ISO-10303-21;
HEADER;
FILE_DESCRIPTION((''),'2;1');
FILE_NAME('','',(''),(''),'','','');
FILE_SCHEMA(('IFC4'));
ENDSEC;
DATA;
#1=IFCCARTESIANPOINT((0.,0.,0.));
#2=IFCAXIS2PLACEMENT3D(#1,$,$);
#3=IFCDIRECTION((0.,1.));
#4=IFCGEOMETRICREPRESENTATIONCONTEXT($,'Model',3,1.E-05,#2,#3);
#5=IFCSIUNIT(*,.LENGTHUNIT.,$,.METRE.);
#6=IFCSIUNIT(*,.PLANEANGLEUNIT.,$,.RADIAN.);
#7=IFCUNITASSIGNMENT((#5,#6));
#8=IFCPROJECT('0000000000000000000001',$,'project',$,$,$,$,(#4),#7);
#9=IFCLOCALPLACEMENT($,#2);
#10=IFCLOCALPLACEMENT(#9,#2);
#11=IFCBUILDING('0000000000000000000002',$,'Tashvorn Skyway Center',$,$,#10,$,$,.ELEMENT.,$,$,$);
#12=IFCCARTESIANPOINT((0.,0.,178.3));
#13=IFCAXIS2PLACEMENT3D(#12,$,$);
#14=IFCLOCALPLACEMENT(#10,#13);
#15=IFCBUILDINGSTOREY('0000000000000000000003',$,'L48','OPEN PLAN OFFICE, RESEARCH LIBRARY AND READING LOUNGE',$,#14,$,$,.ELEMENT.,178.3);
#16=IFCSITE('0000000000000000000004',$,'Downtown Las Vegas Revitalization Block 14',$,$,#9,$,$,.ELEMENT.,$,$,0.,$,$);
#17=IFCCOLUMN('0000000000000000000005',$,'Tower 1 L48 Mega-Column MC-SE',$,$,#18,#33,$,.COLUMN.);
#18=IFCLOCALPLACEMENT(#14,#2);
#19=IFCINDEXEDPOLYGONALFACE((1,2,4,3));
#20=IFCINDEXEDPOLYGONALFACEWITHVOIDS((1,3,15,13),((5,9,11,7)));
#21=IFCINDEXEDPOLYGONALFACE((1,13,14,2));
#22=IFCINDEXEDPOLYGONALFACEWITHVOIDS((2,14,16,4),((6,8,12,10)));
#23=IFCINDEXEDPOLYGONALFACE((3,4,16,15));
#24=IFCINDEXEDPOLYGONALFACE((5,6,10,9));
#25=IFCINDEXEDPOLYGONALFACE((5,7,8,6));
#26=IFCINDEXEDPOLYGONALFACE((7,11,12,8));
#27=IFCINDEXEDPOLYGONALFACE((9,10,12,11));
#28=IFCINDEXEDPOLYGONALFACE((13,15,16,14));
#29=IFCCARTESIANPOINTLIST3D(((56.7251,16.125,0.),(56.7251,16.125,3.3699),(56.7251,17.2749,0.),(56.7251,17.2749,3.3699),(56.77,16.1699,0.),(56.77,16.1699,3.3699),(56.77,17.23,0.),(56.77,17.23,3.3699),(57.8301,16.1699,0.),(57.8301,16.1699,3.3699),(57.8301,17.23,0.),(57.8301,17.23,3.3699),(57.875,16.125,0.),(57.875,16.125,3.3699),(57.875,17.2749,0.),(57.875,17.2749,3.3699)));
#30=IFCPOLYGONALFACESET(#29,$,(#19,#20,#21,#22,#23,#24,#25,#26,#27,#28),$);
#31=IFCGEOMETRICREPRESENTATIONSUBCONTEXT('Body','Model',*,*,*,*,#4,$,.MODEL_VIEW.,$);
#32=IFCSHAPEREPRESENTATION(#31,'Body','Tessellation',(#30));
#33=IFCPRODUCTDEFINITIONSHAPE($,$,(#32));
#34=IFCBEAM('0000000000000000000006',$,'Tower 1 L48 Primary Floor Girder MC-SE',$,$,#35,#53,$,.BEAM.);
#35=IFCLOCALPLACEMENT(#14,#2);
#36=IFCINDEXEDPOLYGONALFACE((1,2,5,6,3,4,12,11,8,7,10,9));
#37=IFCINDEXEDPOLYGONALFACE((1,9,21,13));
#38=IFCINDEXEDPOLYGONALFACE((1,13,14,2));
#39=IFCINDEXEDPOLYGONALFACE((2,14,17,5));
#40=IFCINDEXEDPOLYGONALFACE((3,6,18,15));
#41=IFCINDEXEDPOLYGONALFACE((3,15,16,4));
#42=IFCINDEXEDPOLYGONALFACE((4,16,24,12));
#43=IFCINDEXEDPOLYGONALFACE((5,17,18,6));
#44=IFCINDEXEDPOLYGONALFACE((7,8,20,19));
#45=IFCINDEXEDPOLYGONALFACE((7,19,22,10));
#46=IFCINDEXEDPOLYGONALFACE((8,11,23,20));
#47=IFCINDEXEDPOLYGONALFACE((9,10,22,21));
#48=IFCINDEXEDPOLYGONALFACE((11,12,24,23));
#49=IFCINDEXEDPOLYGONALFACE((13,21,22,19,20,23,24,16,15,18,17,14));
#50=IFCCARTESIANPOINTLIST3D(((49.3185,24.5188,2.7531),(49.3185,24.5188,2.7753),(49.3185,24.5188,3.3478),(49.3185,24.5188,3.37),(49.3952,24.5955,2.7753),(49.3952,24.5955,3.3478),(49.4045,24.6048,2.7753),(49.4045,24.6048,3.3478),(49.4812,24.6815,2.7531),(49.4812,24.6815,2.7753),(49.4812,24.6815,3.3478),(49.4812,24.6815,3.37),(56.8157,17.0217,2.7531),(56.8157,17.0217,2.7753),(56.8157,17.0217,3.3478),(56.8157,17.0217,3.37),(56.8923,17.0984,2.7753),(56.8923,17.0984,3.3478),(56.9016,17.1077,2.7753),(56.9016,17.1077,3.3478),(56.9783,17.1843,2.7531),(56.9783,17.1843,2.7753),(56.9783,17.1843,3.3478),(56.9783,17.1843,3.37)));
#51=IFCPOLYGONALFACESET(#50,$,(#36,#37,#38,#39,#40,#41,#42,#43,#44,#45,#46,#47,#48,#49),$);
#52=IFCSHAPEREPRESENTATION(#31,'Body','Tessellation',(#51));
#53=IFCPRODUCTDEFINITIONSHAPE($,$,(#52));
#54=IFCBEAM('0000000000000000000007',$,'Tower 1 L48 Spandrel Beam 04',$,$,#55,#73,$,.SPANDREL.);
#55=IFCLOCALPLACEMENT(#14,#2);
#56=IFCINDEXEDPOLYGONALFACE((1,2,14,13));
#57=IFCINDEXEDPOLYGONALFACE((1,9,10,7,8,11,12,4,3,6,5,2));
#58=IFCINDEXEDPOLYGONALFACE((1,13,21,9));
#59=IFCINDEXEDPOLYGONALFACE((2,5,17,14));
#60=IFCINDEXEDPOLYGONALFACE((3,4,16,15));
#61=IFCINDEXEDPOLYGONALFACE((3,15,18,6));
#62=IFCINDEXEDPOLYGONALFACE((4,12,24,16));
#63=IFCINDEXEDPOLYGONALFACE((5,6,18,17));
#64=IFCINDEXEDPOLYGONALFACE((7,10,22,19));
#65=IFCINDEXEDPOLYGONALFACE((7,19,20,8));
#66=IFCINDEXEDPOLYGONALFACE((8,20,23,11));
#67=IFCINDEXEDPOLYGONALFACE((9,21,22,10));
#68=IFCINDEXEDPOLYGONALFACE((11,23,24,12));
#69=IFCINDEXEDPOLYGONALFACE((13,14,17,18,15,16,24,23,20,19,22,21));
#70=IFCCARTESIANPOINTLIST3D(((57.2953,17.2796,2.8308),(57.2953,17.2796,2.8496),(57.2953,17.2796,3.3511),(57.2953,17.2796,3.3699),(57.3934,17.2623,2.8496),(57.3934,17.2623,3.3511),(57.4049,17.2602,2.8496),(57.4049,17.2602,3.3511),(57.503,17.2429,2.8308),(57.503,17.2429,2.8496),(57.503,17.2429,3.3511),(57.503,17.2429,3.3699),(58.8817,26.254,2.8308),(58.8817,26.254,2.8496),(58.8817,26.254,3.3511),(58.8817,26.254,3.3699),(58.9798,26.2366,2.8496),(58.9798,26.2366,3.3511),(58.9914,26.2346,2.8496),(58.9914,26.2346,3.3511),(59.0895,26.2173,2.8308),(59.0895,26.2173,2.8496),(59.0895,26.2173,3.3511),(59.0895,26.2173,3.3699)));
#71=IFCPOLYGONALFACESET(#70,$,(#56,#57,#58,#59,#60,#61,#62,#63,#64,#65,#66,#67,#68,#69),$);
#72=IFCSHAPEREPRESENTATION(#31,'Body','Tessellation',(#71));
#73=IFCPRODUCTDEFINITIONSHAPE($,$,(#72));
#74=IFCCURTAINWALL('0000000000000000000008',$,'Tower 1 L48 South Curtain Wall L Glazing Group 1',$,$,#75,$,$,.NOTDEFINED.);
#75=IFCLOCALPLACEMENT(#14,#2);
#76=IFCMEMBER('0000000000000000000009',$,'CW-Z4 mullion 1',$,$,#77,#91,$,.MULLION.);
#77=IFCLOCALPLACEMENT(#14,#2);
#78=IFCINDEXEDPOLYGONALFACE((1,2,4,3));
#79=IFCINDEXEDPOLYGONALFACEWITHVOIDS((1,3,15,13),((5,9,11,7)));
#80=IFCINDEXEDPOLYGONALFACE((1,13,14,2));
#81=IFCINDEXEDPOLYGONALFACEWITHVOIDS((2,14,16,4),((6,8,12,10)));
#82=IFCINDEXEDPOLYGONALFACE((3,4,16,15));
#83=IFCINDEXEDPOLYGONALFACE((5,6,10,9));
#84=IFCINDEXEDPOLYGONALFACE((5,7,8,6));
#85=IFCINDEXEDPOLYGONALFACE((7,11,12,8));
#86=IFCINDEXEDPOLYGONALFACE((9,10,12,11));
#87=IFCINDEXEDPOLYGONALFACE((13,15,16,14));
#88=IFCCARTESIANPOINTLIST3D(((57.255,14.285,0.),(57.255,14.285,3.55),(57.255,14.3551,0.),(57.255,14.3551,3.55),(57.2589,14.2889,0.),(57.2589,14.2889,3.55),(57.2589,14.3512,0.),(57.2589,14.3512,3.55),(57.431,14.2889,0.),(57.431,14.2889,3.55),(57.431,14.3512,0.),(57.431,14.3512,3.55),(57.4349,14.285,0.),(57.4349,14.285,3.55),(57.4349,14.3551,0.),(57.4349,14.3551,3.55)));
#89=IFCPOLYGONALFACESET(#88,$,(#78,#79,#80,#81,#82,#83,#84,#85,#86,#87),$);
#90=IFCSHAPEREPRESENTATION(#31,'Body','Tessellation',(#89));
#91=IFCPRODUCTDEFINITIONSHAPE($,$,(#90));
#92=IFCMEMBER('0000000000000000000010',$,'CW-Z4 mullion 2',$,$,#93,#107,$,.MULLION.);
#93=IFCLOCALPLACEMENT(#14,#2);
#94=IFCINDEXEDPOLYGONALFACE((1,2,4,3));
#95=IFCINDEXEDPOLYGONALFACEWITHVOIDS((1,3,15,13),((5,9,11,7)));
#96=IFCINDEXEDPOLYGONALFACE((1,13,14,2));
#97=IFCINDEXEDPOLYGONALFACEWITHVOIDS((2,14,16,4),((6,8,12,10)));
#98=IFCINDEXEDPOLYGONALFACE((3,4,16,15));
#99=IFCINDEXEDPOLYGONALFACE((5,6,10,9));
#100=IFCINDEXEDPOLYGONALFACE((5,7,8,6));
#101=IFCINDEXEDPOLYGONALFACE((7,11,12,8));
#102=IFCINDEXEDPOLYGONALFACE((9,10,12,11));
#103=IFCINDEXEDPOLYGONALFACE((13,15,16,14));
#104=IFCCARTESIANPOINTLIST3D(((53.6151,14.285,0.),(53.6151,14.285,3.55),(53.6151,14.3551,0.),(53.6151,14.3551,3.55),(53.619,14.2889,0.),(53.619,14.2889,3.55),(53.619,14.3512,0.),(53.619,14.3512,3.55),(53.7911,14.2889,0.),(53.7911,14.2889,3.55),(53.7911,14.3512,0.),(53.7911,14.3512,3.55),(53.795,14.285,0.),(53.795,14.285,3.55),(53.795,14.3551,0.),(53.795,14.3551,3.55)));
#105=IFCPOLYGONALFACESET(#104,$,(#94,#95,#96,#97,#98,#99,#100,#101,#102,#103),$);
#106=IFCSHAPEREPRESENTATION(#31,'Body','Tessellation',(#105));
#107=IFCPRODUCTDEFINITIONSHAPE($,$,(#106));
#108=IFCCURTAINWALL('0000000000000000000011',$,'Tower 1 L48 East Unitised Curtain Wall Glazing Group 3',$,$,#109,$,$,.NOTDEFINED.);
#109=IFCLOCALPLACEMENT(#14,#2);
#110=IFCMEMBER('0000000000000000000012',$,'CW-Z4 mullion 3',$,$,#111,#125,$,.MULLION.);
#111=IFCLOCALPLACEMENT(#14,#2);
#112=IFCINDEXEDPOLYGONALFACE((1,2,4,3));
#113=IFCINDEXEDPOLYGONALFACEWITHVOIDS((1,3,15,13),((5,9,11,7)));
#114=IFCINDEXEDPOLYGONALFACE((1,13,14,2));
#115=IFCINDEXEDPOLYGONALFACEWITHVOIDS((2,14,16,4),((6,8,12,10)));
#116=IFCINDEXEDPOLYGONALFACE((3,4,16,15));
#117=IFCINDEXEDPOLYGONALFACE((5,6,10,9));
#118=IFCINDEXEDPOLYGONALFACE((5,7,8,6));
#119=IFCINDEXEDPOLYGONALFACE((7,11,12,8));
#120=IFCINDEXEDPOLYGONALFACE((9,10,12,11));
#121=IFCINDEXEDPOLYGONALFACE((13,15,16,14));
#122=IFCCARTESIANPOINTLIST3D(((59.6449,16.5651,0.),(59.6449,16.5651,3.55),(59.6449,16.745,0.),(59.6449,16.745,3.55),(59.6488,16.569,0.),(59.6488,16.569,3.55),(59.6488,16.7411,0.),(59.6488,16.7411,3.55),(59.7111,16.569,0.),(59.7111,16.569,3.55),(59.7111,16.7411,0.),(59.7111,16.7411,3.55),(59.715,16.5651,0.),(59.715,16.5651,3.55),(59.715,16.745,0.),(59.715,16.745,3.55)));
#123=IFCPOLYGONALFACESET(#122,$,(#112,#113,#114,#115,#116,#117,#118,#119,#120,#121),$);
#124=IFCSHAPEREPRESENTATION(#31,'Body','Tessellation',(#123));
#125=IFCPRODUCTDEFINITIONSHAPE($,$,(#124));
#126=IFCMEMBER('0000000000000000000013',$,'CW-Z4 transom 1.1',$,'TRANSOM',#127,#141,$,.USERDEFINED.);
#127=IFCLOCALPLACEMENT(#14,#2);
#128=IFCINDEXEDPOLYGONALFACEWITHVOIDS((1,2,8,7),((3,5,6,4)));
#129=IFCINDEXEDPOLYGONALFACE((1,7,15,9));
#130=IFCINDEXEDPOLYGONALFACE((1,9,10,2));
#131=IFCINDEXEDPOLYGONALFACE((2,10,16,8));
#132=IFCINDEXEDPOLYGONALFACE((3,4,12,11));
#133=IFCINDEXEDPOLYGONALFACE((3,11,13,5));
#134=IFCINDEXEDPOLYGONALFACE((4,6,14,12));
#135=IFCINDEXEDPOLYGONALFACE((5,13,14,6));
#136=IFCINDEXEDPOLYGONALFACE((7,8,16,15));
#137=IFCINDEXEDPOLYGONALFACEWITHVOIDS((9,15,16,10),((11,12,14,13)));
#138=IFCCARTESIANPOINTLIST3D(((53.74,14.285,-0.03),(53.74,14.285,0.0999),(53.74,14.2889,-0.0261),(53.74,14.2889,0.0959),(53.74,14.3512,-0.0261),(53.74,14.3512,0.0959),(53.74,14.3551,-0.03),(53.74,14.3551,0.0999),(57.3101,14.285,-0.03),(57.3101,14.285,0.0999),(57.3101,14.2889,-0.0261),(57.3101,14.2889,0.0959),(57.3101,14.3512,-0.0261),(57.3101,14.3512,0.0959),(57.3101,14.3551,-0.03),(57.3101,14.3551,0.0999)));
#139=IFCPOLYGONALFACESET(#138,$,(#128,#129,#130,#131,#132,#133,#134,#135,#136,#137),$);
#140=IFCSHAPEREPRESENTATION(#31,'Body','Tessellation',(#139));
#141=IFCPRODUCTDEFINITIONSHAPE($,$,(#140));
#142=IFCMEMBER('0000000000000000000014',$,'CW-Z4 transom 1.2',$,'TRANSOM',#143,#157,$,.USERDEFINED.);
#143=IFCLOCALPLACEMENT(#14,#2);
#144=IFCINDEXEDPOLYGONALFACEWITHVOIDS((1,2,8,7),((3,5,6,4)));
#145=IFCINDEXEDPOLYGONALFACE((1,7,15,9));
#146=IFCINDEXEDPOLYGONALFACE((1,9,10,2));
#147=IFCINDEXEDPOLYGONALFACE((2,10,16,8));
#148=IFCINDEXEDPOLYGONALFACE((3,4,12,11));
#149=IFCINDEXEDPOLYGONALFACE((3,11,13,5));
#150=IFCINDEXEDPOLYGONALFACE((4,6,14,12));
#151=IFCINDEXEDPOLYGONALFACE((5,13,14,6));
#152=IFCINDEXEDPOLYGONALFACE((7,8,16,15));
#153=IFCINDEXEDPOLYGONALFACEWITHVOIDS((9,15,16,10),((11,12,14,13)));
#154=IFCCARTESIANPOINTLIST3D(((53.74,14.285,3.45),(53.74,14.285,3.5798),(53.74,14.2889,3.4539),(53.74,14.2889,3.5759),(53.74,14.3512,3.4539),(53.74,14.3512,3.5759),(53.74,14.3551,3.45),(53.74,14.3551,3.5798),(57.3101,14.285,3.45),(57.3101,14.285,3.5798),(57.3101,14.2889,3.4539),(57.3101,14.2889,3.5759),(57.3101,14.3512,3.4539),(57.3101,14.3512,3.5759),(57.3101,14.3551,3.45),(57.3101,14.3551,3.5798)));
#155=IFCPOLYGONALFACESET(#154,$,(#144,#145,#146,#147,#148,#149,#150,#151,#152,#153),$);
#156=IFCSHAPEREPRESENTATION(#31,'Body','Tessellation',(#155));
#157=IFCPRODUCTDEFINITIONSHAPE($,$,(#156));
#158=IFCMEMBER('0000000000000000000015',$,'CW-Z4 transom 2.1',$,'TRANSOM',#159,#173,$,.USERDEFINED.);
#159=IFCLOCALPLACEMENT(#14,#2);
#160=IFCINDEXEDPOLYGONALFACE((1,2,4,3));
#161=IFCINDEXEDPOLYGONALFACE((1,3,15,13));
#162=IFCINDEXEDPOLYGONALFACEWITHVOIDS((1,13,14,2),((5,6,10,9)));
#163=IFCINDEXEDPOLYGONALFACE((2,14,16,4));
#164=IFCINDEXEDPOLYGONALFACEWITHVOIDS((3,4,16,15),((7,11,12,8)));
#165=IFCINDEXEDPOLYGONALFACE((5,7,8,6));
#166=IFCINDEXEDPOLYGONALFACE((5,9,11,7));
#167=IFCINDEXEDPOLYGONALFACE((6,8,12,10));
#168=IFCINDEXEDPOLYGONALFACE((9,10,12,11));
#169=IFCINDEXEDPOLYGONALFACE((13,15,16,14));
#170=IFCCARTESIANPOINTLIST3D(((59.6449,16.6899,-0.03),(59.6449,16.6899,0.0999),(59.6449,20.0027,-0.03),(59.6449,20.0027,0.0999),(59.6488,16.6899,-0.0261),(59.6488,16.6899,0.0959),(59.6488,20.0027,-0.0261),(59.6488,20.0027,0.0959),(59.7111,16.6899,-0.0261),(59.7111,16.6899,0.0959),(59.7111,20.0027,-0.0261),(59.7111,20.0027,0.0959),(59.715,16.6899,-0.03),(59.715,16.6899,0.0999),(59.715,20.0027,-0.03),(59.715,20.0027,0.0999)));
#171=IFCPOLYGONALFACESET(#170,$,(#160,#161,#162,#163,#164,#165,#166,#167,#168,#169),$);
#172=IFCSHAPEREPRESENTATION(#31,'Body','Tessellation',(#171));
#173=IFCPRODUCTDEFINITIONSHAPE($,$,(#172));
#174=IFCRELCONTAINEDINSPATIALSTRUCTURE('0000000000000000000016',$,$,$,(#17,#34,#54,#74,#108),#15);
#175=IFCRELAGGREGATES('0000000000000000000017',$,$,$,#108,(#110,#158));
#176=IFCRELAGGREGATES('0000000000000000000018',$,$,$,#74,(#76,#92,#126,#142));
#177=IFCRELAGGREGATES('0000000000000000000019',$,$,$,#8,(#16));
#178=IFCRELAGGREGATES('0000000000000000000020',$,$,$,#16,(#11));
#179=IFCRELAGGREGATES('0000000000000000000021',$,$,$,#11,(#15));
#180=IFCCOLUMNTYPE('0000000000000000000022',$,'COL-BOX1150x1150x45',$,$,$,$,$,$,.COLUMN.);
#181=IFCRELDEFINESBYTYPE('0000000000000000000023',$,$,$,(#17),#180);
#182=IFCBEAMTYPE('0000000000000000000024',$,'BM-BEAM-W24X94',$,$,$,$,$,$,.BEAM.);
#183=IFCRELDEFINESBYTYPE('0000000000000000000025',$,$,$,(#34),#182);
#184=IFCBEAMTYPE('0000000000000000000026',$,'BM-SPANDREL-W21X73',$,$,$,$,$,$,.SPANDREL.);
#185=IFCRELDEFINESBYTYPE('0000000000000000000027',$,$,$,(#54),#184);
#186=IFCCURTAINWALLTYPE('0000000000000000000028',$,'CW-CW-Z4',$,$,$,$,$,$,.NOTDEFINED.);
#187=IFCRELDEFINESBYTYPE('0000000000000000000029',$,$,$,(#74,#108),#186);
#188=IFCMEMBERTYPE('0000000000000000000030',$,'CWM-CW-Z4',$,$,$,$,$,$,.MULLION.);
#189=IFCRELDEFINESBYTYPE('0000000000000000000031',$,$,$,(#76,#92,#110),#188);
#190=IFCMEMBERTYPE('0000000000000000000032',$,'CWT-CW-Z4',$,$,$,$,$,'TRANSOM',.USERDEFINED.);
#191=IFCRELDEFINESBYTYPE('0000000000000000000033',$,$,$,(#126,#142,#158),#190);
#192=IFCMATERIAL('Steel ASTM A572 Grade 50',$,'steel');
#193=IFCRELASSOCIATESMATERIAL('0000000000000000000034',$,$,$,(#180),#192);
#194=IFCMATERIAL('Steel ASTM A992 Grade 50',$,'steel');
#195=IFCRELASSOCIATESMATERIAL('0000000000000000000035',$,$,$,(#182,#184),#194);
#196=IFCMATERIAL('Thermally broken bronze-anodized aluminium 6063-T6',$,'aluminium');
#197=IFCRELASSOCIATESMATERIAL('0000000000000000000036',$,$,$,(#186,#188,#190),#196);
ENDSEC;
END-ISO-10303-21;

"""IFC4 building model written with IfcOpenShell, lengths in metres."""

from ifc_helpers import new_model, si_unit, direction, frame, origin, origin_2d, place, context, subcontext, project, spatial, hollow_rectangle, i_section, extrude, material, material_profile, profile_set, type_object, element, aggregate, save


model = new_model("IFC4")

# Units and contexts
model_context = context("Model", 3, precision=1e-05, world=origin(), true_north=direction((0.0, 1.0)))
body_context = subcontext(model_context, "Body", "Model", "MODEL_VIEW")
ifc_project = project(units=[si_unit("LENGTHUNIT", "METRE"), si_unit("PLANEANGLEUNIT", "RADIAN")], contexts=[model_context])

# Site, building, storey
site_placement = place(None, origin())
site = spatial("IfcSite", under=ifc_project, at=site_placement, Name="Downtown Las Vegas Revitalization Block 14", CompositionType="ELEMENT", RefElevation=0.0)
building_placement = place(site_placement, origin())
building = spatial("IfcBuilding", under=site, at=building_placement, Name="Tashvorn Skyway Center", CompositionType="ELEMENT")
storey_placement = place(building_placement, frame((0.0, 0.0, 178.3)))
storey = spatial("IfcBuildingStorey", under=building, at=storey_placement, Name="L48", Description="OPEN PLAN OFFICE, RESEARCH LIBRARY AND READING LOUNGE", CompositionType="ELEMENT", Elevation=178.3)

# Column
ifc_material_1 = material(Name="Steel ASTM A572 Grade 50", Category="steel")
ifc_material_profile_1 = material_profile(ifc_material_1, hollow_rectangle(XDim=1.1499, YDim=1.1499, WallThickness=0.0449, at=origin_2d()), Name="BOX1150x1150x45")
ifc_profile_set_1 = profile_set([ifc_material_profile_1], Name="Steel ASTM A572 Grade 50")
column_type = type_object("IfcColumnType", Name="COL-BOX1150x1150x45", PredefinedType="COLUMN", material=ifc_profile_set_1)
column_placement = place(storey_placement, frame((57.3, 16.7, 0.0), z_axis=(0.0, 0.0, 1.0), x_axis=(1.0, 0.0, 0.0)))
element("IfcColumn", 1, at=column_placement, inside=storey, type_object=column_type, Name="Tower 1 L48 Mega-Column MC-SE", PredefinedType="COLUMN", context=body_context, shape_type="SweptSolid", body=[
    extrude(hollow_rectangle(XDim=1.1499, YDim=1.1499, WallThickness=0.0449, at=origin_2d()), origin(), (0.0, 0.0, 1.0), 3.3699),
])

# Beams
ifc_material_2 = material(Name="Steel ASTM A992 Grade 50", Category="steel")
ifc_material_profile_2 = material_profile(ifc_material_2, i_section(OverallWidth=0.23, OverallDepth=0.6169, WebThickness=0.0132, FlangeThickness=0.0222, at=origin_2d()), Name="W24X94")
ifc_profile_set_2 = profile_set([ifc_material_profile_2], Name="Steel ASTM A992 Grade 50")
beam_type_1 = type_object("IfcBeamType", Name="BM-BEAM-W24X94", PredefinedType="BEAM", material=ifc_profile_set_2)
beam_1_placement = place(storey_placement, frame((56.897, 17.103, 3.0615), z_axis=(-0.707107, 0.707107, 0.0), x_axis=(-0.707107, -0.707107, 0.0)))
element("IfcBeam", 2, at=beam_1_placement, inside=storey, type_object=beam_type_1, Name="Tower 1 L48 Primary Floor Girder MC-SE", PredefinedType="BEAM", context=body_context, shape_type="SweptSolid", body=[
    extrude(i_section(OverallWidth=0.23, OverallDepth=0.6169, WebThickness=0.0132, FlangeThickness=0.0222, at=origin_2d()), origin(), (0.0, 0.0, 1.0), 10.6025),
])
ifc_material_profile_3 = material_profile(ifc_material_2, i_section(OverallWidth=0.2109, OverallDepth=0.5391, WebThickness=0.0117, FlangeThickness=0.0188, at=origin_2d()), Name="W21X73")
ifc_profile_set_3 = profile_set([ifc_material_profile_3], Name="Steel ASTM A992 Grade 50")
beam_type_2 = type_object("IfcBeamType", Name="BM-SPANDREL-W21X73", PredefinedType="SPANDREL", material=ifc_profile_set_3)
beam_2_placement = place(storey_placement, frame((57.3992, 17.2612, 3.1003), z_axis=(0.174074, 0.984733, 0.0), x_axis=(-0.984733, 0.174074, 0.0)))
element("IfcBeam", 3, at=beam_2_placement, inside=storey, type_object=beam_type_2, Name="Tower 1 L48 Spandrel Beam 04", PredefinedType="SPANDREL", context=body_context, shape_type="SweptSolid", body=[
    extrude(i_section(OverallWidth=0.2109, OverallDepth=0.5391, WebThickness=0.0117, FlangeThickness=0.0188, at=origin_2d()), origin(), (0.0, 0.0, 1.0), 9.1135),
])

# Curtain wall, members
ifc_material_3 = material(Name="Thermally broken bronze-anodized aluminium 6063-T6", Category="aluminium")
curtain_wall_type = type_object("IfcCurtainWallType", Name="CW-CW-Z4", PredefinedType="NOTDEFINED", material=ifc_material_3)
curtain_wall_1_placement = place(storey_placement, origin())
curtain_wall_1 = element("IfcCurtainWall", 4, at=curtain_wall_1_placement, inside=storey, type_object=curtain_wall_type, Name="Tower 1 L48 South Curtain Wall L Glazing Group 1", PredefinedType="NOTDEFINED")
ifc_material_profile_4 = material_profile(ifc_material_3, hollow_rectangle(XDim=0.0701, YDim=0.1799, WallThickness=0.0039, at=origin_2d()), Name="ALU-MULL-70x180")
ifc_profile_set_4 = profile_set([ifc_material_profile_4], Name="Thermally broken bronze-anodized aluminium 6063-T6")
member_type_1 = type_object("IfcMemberType", Name="CWM-CW-Z4", PredefinedType="MULLION", material=ifc_profile_set_4)
member_1_placement = place(storey_placement, frame((57.345, 14.3201, 0.0), z_axis=(0.0, 0.0, 1.0), x_axis=(0.0, -1.0, 0.0)))
member_1 = element("IfcMember", 5, at=member_1_placement, type_object=member_type_1, Name="CW-Z4 mullion 1", PredefinedType="MULLION", context=body_context, shape_type="SweptSolid", body=[
    extrude(hollow_rectangle(XDim=0.0701, YDim=0.1799, WallThickness=0.0039, at=origin_2d()), origin(), (0.0, 0.0, 1.0), 3.55),
])
member_2_placement = place(storey_placement, frame((53.7051, 14.3201, 0.0), z_axis=(0.0, 0.0, 1.0), x_axis=(0.0, -1.0, 0.0)))
member_2 = element("IfcMember", 6, at=member_2_placement, type_object=member_type_1, Name="CW-Z4 mullion 2", PredefinedType="MULLION", context=body_context, shape_type="SweptSolid", body=[
    extrude(hollow_rectangle(XDim=0.0701, YDim=0.1799, WallThickness=0.0039, at=origin_2d()), origin(), (0.0, 0.0, 1.0), 3.55),
])

# Curtain wall, member
curtain_wall_2_placement = place(storey_placement, origin())
curtain_wall_2 = element("IfcCurtainWall", 7, at=curtain_wall_2_placement, inside=storey, type_object=curtain_wall_type, Name="Tower 1 L48 East Unitised Curtain Wall Glazing Group 3", PredefinedType="NOTDEFINED")
member_3_placement = place(storey_placement, frame((59.6799, 16.655, 0.0), z_axis=(0.0, 0.0, 1.0), x_axis=(1.0, 0.0, 0.0)))
member_3 = element("IfcMember", 8, at=member_3_placement, type_object=member_type_1, Name="CW-Z4 mullion 3", PredefinedType="MULLION", context=body_context, shape_type="SweptSolid", body=[
    extrude(hollow_rectangle(XDim=0.0701, YDim=0.1799, WallThickness=0.0039, at=origin_2d()), origin(), (0.0, 0.0, 1.0), 3.55),
])

# Members
ifc_material_profile_5 = material_profile(ifc_material_3, hollow_rectangle(XDim=0.0701, YDim=0.1299, WallThickness=0.0039, at=origin_2d()), Name="ALU-TRAN-70x130")
ifc_profile_set_5 = profile_set([ifc_material_profile_5], Name="Thermally broken bronze-anodized aluminium 6063-T6")
member_type_2 = type_object("IfcMemberType", Name="CWT-CW-Z4", ElementType="TRANSOM", PredefinedType="USERDEFINED", material=ifc_profile_set_5)
member_4_placement = place(storey_placement, frame((57.3101, 14.3201, 0.0349), z_axis=(-1.0, 0.0, 0.0), x_axis=(0.0, -1.0, 0.0)))
member_4 = element("IfcMember", 9, at=member_4_placement, type_object=member_type_2, Name="CW-Z4 transom 1.1", ObjectType="TRANSOM", PredefinedType="USERDEFINED", context=body_context, shape_type="SweptSolid", body=[
    extrude(hollow_rectangle(XDim=0.0701, YDim=0.1299, WallThickness=0.0039, at=origin_2d()), origin(), (0.0, 0.0, 1.0), 3.5701),
])
member_5_placement = place(storey_placement, frame((57.3101, 14.3201, 3.5149), z_axis=(-1.0, 0.0, 0.0), x_axis=(0.0, -1.0, 0.0)))
member_5 = element("IfcMember", 10, at=member_5_placement, type_object=member_type_2, Name="CW-Z4 transom 1.2", ObjectType="TRANSOM", PredefinedType="USERDEFINED", context=body_context, shape_type="SweptSolid", body=[
    extrude(hollow_rectangle(XDim=0.0701, YDim=0.1299, WallThickness=0.0039, at=origin_2d()), origin(), (0.0, 0.0, 1.0), 3.5701),
])
member_6_placement = place(storey_placement, frame((59.6799, 20.0027, 0.0349), z_axis=(0.0, -1.0, 0.0), x_axis=(1.0, 0.0, 0.0)))
member_6 = element("IfcMember", 11, at=member_6_placement, type_object=member_type_2, Name="CW-Z4 transom 2.1", ObjectType="TRANSOM", PredefinedType="USERDEFINED", context=body_context, shape_type="SweptSolid", body=[
    extrude(hollow_rectangle(XDim=0.0701, YDim=0.1299, WallThickness=0.0039, at=origin_2d()), origin(), (0.0, 0.0, 1.0), 3.3127),
])
aggregate(curtain_wall_2, [member_3, member_6])

aggregate(curtain_wall_1, [member_1, member_2, member_4, member_5])

save(model, "model.ifc")
